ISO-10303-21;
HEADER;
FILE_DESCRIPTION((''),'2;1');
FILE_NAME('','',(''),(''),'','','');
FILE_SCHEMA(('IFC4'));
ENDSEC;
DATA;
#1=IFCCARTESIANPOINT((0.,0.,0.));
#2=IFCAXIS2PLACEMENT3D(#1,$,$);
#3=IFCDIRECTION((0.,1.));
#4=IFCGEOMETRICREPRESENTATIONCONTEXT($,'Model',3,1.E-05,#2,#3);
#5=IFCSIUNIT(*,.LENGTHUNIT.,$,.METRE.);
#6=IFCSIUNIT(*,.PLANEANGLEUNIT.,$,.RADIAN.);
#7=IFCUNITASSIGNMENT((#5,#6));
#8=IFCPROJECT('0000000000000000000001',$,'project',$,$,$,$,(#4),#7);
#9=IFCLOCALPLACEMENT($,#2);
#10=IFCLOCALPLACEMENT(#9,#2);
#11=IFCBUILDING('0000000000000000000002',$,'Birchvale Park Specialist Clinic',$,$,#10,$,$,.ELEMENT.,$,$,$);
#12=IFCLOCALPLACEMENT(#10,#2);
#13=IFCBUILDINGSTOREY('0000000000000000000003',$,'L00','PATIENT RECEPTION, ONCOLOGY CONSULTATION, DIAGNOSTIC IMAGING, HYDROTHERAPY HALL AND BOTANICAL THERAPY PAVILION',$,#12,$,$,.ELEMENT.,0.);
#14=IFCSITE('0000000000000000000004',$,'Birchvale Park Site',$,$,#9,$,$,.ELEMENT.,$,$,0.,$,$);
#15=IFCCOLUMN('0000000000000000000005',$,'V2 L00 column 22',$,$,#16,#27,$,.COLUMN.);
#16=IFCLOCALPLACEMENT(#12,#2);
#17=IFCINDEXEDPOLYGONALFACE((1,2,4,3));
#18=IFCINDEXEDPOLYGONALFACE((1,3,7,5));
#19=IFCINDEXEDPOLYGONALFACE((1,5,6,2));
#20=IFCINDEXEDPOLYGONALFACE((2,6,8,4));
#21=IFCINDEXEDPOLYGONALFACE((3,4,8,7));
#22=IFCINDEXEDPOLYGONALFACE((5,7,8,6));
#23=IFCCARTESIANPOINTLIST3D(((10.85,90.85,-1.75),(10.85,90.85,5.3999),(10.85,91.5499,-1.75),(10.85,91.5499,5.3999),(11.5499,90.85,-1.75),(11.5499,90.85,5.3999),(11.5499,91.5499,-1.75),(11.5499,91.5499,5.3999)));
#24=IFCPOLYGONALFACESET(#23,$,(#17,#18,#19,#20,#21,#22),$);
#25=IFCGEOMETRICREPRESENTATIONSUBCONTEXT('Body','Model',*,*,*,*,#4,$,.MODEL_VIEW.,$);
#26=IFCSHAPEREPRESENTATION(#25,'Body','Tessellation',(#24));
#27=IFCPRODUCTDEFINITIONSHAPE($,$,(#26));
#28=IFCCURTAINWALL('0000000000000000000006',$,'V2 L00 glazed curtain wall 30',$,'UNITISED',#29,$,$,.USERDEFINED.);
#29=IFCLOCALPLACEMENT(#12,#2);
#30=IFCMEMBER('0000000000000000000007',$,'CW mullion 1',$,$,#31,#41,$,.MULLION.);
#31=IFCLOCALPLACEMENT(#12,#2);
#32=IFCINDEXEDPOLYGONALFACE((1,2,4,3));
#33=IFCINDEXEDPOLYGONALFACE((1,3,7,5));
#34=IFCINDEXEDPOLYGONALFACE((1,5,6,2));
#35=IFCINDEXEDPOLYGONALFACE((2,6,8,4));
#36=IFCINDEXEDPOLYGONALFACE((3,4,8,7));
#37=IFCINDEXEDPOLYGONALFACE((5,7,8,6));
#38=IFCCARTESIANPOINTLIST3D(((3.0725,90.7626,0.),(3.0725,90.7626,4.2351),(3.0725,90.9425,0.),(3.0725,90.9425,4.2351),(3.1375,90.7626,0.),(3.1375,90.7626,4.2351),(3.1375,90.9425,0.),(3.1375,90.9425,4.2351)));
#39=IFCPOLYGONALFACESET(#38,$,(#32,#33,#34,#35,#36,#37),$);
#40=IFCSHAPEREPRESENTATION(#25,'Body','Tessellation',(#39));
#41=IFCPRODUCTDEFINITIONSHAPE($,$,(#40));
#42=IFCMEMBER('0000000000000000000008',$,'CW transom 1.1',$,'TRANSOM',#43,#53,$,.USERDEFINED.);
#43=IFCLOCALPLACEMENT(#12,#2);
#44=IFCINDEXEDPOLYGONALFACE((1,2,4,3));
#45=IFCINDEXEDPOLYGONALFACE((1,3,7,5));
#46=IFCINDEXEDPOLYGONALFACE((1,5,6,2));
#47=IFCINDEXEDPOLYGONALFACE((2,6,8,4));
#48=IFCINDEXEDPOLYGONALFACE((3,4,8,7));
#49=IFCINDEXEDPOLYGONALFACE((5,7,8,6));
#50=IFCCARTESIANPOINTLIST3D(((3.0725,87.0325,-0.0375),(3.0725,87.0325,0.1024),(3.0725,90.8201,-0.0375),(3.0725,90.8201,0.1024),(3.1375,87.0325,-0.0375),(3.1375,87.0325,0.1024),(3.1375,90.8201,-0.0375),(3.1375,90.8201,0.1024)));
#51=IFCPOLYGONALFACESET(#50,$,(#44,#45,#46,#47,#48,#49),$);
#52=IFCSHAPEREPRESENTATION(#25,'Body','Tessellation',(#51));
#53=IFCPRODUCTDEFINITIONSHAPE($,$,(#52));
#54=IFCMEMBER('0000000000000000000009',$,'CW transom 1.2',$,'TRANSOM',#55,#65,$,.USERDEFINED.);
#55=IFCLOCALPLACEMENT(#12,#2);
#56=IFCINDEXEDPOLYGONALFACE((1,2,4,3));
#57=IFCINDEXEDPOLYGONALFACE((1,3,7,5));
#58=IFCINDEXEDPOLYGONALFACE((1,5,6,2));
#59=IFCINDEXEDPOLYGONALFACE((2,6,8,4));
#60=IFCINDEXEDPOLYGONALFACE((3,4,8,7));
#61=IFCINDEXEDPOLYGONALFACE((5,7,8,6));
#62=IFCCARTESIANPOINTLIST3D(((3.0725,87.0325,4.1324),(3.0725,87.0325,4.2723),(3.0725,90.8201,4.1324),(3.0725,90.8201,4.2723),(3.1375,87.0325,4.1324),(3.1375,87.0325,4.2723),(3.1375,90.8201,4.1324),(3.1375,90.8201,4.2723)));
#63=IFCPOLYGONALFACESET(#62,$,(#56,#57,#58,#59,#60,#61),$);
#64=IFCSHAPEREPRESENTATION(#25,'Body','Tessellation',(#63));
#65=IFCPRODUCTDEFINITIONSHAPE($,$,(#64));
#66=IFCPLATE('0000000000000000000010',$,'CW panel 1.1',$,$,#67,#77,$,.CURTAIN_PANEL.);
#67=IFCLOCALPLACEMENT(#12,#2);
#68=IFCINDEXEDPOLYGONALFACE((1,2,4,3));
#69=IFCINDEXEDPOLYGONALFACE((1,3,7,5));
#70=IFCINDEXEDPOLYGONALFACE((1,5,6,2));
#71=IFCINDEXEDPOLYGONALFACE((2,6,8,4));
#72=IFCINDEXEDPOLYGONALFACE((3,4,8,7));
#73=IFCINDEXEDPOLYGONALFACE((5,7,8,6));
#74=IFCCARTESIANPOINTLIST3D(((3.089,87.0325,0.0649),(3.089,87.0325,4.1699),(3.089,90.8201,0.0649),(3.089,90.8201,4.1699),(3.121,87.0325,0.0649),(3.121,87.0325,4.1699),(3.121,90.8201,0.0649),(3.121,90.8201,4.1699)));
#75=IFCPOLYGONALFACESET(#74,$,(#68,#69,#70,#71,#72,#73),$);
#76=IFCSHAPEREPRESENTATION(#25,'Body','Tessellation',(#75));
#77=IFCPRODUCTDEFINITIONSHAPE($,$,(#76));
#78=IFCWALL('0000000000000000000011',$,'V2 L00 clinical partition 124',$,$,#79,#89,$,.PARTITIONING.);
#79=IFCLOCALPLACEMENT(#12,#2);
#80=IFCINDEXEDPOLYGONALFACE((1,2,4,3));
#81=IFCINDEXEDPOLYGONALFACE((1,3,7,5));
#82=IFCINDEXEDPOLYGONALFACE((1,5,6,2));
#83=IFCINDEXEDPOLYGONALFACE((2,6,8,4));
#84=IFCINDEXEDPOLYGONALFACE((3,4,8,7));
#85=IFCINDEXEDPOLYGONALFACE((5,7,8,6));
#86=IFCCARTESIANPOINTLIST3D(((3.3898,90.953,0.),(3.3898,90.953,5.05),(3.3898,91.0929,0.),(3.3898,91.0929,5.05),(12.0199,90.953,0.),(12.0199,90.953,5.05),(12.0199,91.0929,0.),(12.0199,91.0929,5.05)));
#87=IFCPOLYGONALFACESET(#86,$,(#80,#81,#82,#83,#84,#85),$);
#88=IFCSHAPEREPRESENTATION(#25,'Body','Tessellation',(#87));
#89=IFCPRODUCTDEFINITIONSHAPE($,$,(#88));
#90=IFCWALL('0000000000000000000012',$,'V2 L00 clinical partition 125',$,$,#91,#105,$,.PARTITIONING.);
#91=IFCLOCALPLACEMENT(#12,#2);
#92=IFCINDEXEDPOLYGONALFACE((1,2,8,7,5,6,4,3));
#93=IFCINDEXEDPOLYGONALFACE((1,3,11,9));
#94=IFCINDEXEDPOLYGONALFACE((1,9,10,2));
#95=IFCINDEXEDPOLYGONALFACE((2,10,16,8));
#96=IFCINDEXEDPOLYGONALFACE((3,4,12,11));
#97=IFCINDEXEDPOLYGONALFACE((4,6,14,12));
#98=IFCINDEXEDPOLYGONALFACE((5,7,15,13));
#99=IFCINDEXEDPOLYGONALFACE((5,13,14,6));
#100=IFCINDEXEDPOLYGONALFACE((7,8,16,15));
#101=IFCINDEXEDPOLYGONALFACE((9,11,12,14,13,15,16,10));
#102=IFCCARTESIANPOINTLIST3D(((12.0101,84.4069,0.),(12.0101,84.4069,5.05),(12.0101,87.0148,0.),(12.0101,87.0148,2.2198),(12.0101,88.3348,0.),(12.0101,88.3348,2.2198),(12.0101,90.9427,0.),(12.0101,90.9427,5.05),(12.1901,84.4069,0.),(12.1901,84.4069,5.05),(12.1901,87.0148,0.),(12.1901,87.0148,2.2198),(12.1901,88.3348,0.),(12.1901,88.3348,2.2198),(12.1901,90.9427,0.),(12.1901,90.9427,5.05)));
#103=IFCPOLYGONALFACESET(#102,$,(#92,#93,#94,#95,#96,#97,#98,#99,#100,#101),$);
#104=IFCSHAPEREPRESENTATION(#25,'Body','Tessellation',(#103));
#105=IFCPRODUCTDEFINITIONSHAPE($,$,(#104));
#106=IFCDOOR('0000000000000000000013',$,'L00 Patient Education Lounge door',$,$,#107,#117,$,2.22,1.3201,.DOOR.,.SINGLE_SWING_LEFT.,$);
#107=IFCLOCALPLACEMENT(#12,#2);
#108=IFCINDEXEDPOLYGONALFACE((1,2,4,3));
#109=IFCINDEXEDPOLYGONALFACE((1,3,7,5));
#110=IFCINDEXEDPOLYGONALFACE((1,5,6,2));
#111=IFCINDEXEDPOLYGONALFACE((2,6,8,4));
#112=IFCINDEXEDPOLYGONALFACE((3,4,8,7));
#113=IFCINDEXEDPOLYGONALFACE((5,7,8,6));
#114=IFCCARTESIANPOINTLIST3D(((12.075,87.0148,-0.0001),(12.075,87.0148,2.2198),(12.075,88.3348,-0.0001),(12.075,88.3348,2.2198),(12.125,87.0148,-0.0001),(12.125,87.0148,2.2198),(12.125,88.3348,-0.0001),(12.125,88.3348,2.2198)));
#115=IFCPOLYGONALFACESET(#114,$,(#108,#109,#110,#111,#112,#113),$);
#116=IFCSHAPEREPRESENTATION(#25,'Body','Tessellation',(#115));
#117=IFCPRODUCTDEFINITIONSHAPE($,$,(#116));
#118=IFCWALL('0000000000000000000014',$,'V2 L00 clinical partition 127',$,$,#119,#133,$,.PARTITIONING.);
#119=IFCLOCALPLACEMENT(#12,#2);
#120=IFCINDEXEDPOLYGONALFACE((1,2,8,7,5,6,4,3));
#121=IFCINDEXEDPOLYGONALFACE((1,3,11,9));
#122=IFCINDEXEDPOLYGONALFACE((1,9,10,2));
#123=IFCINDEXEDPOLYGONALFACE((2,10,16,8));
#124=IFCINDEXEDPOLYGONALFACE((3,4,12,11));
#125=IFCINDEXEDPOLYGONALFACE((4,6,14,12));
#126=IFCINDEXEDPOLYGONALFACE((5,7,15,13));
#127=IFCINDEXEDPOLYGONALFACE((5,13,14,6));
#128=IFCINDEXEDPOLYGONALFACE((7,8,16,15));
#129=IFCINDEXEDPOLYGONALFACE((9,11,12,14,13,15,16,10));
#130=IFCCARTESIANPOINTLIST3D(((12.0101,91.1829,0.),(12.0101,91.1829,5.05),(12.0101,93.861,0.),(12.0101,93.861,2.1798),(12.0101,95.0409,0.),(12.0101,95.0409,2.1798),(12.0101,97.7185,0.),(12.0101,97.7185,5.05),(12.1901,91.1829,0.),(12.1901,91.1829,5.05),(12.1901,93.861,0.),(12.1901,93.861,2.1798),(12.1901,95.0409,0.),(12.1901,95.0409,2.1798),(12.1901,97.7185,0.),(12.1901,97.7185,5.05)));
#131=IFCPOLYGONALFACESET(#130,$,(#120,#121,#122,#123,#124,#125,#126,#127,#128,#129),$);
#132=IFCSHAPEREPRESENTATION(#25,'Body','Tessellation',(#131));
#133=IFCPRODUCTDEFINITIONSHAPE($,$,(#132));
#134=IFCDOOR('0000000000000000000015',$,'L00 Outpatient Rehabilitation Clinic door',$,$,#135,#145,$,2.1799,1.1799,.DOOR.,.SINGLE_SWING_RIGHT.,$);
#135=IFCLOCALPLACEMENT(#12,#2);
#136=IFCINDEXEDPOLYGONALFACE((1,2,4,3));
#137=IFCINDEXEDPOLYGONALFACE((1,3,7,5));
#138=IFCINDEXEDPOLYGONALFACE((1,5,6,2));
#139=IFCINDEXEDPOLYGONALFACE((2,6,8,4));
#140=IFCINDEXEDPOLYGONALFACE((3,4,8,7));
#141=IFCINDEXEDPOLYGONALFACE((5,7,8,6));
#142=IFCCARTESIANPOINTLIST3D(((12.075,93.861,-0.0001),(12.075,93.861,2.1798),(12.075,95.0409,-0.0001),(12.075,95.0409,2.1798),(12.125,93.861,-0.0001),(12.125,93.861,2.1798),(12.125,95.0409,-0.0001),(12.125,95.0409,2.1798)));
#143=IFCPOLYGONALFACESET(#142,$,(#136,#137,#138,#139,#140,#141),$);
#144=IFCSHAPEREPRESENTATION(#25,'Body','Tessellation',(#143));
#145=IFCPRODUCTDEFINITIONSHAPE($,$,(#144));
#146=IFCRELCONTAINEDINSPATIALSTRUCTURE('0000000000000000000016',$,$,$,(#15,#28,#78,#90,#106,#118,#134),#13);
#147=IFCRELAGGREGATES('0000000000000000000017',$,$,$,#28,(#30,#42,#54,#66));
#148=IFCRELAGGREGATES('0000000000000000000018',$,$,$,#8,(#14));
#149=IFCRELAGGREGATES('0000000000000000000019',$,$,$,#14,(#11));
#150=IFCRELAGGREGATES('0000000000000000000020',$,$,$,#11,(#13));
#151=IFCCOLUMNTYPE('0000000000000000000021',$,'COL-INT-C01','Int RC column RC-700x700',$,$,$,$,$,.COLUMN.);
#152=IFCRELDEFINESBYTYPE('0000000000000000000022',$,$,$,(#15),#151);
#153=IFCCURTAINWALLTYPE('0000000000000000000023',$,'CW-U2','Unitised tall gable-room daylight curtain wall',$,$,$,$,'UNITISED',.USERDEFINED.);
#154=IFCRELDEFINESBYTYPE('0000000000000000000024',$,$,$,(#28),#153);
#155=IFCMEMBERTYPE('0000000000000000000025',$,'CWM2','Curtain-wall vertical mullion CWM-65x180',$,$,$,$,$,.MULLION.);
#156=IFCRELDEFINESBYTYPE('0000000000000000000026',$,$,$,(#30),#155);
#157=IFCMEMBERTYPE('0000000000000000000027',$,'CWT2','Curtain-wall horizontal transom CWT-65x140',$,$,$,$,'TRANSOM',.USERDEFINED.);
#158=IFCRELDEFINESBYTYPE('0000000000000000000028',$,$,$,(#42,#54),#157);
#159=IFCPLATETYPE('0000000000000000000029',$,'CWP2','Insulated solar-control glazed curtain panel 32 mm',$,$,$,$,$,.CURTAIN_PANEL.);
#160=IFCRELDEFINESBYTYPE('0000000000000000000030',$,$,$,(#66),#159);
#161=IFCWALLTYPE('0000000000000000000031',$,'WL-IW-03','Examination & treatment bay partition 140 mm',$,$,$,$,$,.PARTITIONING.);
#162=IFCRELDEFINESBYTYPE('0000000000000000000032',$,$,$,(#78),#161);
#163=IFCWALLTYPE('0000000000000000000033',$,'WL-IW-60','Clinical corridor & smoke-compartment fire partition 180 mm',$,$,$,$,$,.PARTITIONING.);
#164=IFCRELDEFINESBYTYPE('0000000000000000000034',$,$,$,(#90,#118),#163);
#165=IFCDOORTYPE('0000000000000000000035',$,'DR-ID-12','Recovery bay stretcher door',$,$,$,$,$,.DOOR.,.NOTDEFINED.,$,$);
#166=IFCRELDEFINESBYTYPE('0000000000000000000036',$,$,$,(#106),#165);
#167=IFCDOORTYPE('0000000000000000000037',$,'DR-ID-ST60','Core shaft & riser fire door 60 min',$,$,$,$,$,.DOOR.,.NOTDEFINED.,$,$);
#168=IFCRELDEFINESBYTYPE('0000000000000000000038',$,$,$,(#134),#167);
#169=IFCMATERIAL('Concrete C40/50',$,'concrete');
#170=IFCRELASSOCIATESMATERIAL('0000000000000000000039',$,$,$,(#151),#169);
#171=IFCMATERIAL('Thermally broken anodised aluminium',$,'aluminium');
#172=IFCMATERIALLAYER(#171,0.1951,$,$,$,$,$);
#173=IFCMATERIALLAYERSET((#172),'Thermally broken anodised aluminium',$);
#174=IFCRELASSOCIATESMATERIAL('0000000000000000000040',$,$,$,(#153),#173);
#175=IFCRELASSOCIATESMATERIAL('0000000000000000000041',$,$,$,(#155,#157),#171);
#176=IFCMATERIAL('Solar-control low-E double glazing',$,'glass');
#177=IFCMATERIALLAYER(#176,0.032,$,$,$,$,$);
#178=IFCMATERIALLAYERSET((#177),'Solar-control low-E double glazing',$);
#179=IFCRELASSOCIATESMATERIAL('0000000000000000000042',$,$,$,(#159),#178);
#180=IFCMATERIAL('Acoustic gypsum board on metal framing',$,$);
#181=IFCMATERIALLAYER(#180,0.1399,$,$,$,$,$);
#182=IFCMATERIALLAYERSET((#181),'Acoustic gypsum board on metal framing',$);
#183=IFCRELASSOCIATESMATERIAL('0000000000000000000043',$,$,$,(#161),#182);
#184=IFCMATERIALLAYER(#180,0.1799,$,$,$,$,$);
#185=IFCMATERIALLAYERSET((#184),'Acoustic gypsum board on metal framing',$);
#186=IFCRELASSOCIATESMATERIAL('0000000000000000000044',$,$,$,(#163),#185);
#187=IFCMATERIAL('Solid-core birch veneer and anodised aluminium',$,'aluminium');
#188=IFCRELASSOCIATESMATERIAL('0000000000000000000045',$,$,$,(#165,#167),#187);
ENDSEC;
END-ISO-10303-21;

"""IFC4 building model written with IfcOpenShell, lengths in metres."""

from ifc_helpers import new_model, si_unit, direction, frame, frame_2d, origin, origin_2d, place, context, subcontext, project, spatial, rectangle, extrude, material, layer, layer_set, material_profile, profile_set, type_object, element, fill, aggregate, save


model = new_model("IFC4")

# Units and contexts
model_context = context("Model", 3, precision=1e-05, world=origin(), true_north=direction((0.0, 1.0)))
body_context = subcontext(model_context, "Body", "Model", "MODEL_VIEW")
ifc_project = project(units=[si_unit("LENGTHUNIT", "METRE"), si_unit("PLANEANGLEUNIT", "RADIAN")], contexts=[model_context])

# Site, building, storey
site_placement = place(None, origin())
site = spatial("IfcSite", under=ifc_project, at=site_placement, Name="Birchvale Park Site", CompositionType="ELEMENT", RefElevation=0.0)
building_placement = place(site_placement, origin())
building = spatial("IfcBuilding", under=site, at=building_placement, Name="Birchvale Park Specialist Clinic", CompositionType="ELEMENT")
storey_placement = place(building_placement, origin())
storey = spatial("IfcBuildingStorey", under=building, at=storey_placement, Name="L00", Description="PATIENT RECEPTION, ONCOLOGY CONSULTATION, DIAGNOSTIC IMAGING, HYDROTHERAPY HALL AND BOTANICAL THERAPY PAVILION", CompositionType="ELEMENT", Elevation=0.0)

# Shared definitions
ifc_material_1 = material(Name="Concrete C40/50", Category="concrete")

# Column
ifc_material_profile_1 = material_profile(ifc_material_1, rectangle(XDim=0.7, YDim=0.7, at=origin_2d()), Name="RC-700x700")
ifc_profile_set_1 = profile_set([ifc_material_profile_1], Name="Concrete C40/50")
column_type_1 = type_object("IfcColumnType", Name="COL-INT-C01", Description="Int RC column RC-700x700", PredefinedType="COLUMN", material=ifc_profile_set_1)
column_1_placement = place(storey_placement, frame((11.2, 91.2, -1.75), z_axis=(0.0, 0.0, 1.0), x_axis=(1.0, 0.0, 0.0)))
element("IfcColumn", 1, at=column_1_placement, inside=storey, type_object=column_type_1, Name="V2 L00 column 22", PredefinedType="COLUMN", context=body_context, shape_type="SweptSolid", body=[
    extrude(rectangle(XDim=0.7, YDim=0.7, at=origin_2d()), origin(), (0.0, 0.0, 1.0), 7.1499),
])

# Curtain wall, members, plate
ifc_material_2 = material(Name="Thermally broken anodised aluminium", Category="aluminium")
ifc_layer_1 = layer(ifc_material_2, 0.1951)
ifc_layer_set_1 = layer_set([ifc_layer_1], Name="Thermally broken anodised aluminium")
curtain_wall_type = type_object("IfcCurtainWallType", Name="CW-U2", Description="Unitised tall gable-room daylight curtain wall", ElementType="UNITISED", PredefinedType="USERDEFINED", material=ifc_layer_set_1)
curtain_wall_placement = place(storey_placement, origin())
curtain_wall = element("IfcCurtainWall", 2, at=curtain_wall_placement, inside=storey, type_object=curtain_wall_type, Name="V2 L00 glazed curtain wall 30", ObjectType="UNITISED", PredefinedType="USERDEFINED")
ifc_material_profile_2 = material_profile(ifc_material_2, rectangle(XDim=0.0649, YDim=0.1799, at=origin_2d()), Name="CWM-65x180")
ifc_profile_set_2 = profile_set([ifc_material_profile_2], Name="Thermally broken anodised aluminium")
member_type_1 = type_object("IfcMemberType", Name="CWM2", Description="Curtain-wall vertical mullion CWM-65x180", PredefinedType="MULLION", material=ifc_profile_set_2)
member_1_placement = place(storey_placement, frame((3.105, 90.8525, 0.0), z_axis=(0.0, 0.0, 1.0), x_axis=(1.0, 0.0, 0.0)))
member_1 = element("IfcMember", 3, at=member_1_placement, type_object=member_type_1, Name="CW mullion 1", PredefinedType="MULLION", context=body_context, shape_type="SweptSolid", body=[
    extrude(rectangle(XDim=0.0649, YDim=0.1799, at=origin_2d()), origin(), (0.0, 0.0, 1.0), 4.2351),
])
ifc_material_profile_3 = material_profile(ifc_material_2, rectangle(XDim=0.0649, YDim=0.1399, at=origin_2d()), Name="CWT-65x140")
ifc_profile_set_3 = profile_set([ifc_material_profile_3], Name="Thermally broken anodised aluminium")
member_type_2 = type_object("IfcMemberType", Name="CWT2", Description="Curtain-wall horizontal transom CWT-65x140", ElementType="TRANSOM", PredefinedType="USERDEFINED", material=ifc_profile_set_3)
member_2_placement = place(storey_placement, frame((3.105, 90.8201, 0.0325), z_axis=(0.0, -1.0, 0.0), x_axis=(1.0, 0.0, 0.0)))
member_2 = element("IfcMember", 4, at=member_2_placement, type_object=member_type_2, Name="CW transom 1.1", ObjectType="TRANSOM", PredefinedType="USERDEFINED", context=body_context, shape_type="SweptSolid", body=[
    extrude(rectangle(XDim=0.0649, YDim=0.1399, at=origin_2d()), origin(), (0.0, 0.0, 1.0), 3.7876),
])
member_3_placement = place(storey_placement, frame((3.105, 90.8201, 4.2024), z_axis=(0.0, -1.0, 0.0), x_axis=(1.0, 0.0, 0.0)))
member_3 = element("IfcMember", 5, at=member_3_placement, type_object=member_type_2, Name="CW transom 1.2", ObjectType="TRANSOM", PredefinedType="USERDEFINED", context=body_context, shape_type="SweptSolid", body=[
    extrude(rectangle(XDim=0.0649, YDim=0.1399, at=origin_2d()), origin(), (0.0, 0.0, 1.0), 3.7876),
])
ifc_material_3 = material(Name="Solar-control low-E double glazing", Category="glass")
ifc_layer_2 = layer(ifc_material_3, 0.032)
ifc_layer_set_2 = layer_set([ifc_layer_2], Name="Solar-control low-E double glazing")
plate_type = type_object("IfcPlateType", Name="CWP2", Description="Insulated solar-control glazed curtain panel 32 mm", PredefinedType="CURTAIN_PANEL", material=ifc_layer_set_2)
plate_placement = place(storey_placement, frame((3.105, 88.9263, 0.0649), z_axis=(0.0, 0.0, 1.0), x_axis=(0.0, -1.0, 0.0)))
plate = element("IfcPlate", 6, at=plate_placement, type_object=plate_type, Name="CW panel 1.1", PredefinedType="CURTAIN_PANEL", context=body_context, shape_type="SweptSolid", body=[
    extrude(rectangle(XDim=3.7876, YDim=0.032, at=origin_2d()), origin(), (0.0, 0.0, 1.0), 4.105),
])
aggregate(curtain_wall, [member_1, member_2, member_3, plate])

# Wall
ifc_material_4 = material(Name="Acoustic gypsum board on metal framing")
ifc_layer_3 = layer(ifc_material_4, 0.1399)
ifc_layer_set_3 = layer_set([ifc_layer_3], Name="Acoustic gypsum board on metal framing")
wall_type_1 = type_object("IfcWallType", Name="WL-IW-03", Description="Examination & treatment bay partition 140 mm", PredefinedType="PARTITIONING", material=ifc_layer_set_3)
wall_1_placement = place(storey_placement, frame((3.3899, 91.0229, 0.0), z_axis=(0.0, 0.0, 1.0), x_axis=(1.0, 0.0, 0.0)))
element("IfcWall", 7, at=wall_1_placement, inside=storey, type_object=wall_type_1, Name="V2 L00 clinical partition 124", PredefinedType="PARTITIONING", context=body_context, shape_type="SweptSolid", body=[
    extrude(rectangle(XDim=8.6301, YDim=0.1399, at=frame_2d((4.3149, 0.0))), origin(), (0.0, 0.0, 1.0), 5.05),
])

# Walls, openings, doors
ifc_layer_4 = layer(ifc_material_4, 0.1799)
ifc_layer_set_4 = layer_set([ifc_layer_4], Name="Acoustic gypsum board on metal framing")
wall_type_2 = type_object("IfcWallType", Name="WL-IW-60", Description="Clinical corridor & smoke-compartment fire partition 180 mm", PredefinedType="PARTITIONING", material=ifc_layer_set_4)
wall_2_placement = place(storey_placement, frame((12.1001, 90.9429, 0.0), z_axis=(0.0, 0.0, 1.0), x_axis=(0.0, -1.0, 0.0)))
wall_2 = element("IfcWall", 8, at=wall_2_placement, inside=storey, type_object=wall_type_2, Name="V2 L00 clinical partition 125", PredefinedType="PARTITIONING", context=body_context, shape_type="SweptSolid", body=[
    extrude(rectangle(XDim=6.5359, YDim=0.1799, at=frame_2d((3.2681, 0.0))), origin(), (0.0, 0.0, 1.0), 5.05),
])
opening_1_placement = place(wall_2_placement, frame((2.6079, 0.0, 0.0)))
opening_1 = element("IfcOpeningElement", 9, at=opening_1_placement, cuts=wall_2, PredefinedType="OPENING", context=body_context, shape_type="SweptSolid", body=[
    extrude(rectangle(XDim=1.3201, YDim=2.22, at=frame_2d((0.6602, 1.1099))), frame((0.0, 0.1001, 0.0), z_axis=(0.0, -1.0, 0.0), x_axis=(1.0, 0.0, 0.0)), (0.0, 0.0, 1.0), 0.2),
])
ifc_material_5 = material(Name="Solid-core birch veneer and anodised aluminium", Category="aluminium")
door_type_1 = type_object("IfcDoorType", Name="DR-ID-12", Description="Recovery bay stretcher door", OperationType="NOTDEFINED", PredefinedType="DOOR", material=ifc_material_5)
door_1_placement = place(opening_1_placement, origin())
door_1 = element("IfcDoor", 10, at=door_1_placement, inside=storey, type_object=door_type_1, Name="L00 Patient Education Lounge door", OperationType="SINGLE_SWING_LEFT", OverallHeight=2.22, OverallWidth=1.3201, PredefinedType="DOOR", context=body_context, shape_type="SweptSolid", body=[
    extrude(rectangle(XDim=1.3201, YDim=2.22, at=frame_2d((0.6602, 1.1099))), frame((0.0, 0.0249, 0.0), z_axis=(0.0, -1.0, 0.0), x_axis=(1.0, 0.0, 0.0)), (0.0, 0.0, 1.0), 0.05),
])
fill(opening_1, door_1)
wall_3_placement = place(storey_placement, frame((12.1001, 97.7185, 0.0), z_axis=(0.0, 0.0, 1.0), x_axis=(0.0, -1.0, 0.0)))
wall_3 = element("IfcWall", 11, at=wall_3_placement, inside=storey, type_object=wall_type_2, Name="V2 L00 clinical partition 127", PredefinedType="PARTITIONING", context=body_context, shape_type="SweptSolid", body=[
    extrude(rectangle(XDim=6.5356, YDim=0.1799, at=frame_2d((3.2678, 0.0))), origin(), (0.0, 0.0, 1.0), 5.05),
])
opening_2_placement = place(wall_3_placement, frame((2.6777, 0.0, 0.0)))
opening_2 = element("IfcOpeningElement", 12, at=opening_2_placement, cuts=wall_3, PredefinedType="OPENING", context=body_context, shape_type="SweptSolid", body=[
    extrude(rectangle(XDim=1.1799, YDim=2.1799, at=frame_2d((0.5898, 1.0898))), frame((0.0, 0.1001, 0.0), z_axis=(0.0, -1.0, 0.0), x_axis=(1.0, 0.0, 0.0)), (0.0, 0.0, 1.0), 0.2),
])
door_type_2 = type_object("IfcDoorType", Name="DR-ID-ST60", Description="Core shaft & riser fire door 60 min", OperationType="NOTDEFINED", PredefinedType="DOOR", material=ifc_material_5)
door_2_placement = place(opening_2_placement, origin())
door_2 = element("IfcDoor", 13, at=door_2_placement, inside=storey, type_object=door_type_2, Name="L00 Outpatient Rehabilitation Clinic door", OperationType="SINGLE_SWING_RIGHT", OverallHeight=2.1799, OverallWidth=1.1799, PredefinedType="DOOR", context=body_context, shape_type="SweptSolid", body=[
    extrude(rectangle(XDim=1.1799, YDim=2.1799, at=frame_2d((0.5898, 1.0898))), frame((0.0, 0.0249, 0.0), z_axis=(0.0, -1.0, 0.0), x_axis=(1.0, 0.0, 0.0)), (0.0, 0.0, 1.0), 0.05),
])
fill(opening_2, door_2)

save(model, "model.ifc")
